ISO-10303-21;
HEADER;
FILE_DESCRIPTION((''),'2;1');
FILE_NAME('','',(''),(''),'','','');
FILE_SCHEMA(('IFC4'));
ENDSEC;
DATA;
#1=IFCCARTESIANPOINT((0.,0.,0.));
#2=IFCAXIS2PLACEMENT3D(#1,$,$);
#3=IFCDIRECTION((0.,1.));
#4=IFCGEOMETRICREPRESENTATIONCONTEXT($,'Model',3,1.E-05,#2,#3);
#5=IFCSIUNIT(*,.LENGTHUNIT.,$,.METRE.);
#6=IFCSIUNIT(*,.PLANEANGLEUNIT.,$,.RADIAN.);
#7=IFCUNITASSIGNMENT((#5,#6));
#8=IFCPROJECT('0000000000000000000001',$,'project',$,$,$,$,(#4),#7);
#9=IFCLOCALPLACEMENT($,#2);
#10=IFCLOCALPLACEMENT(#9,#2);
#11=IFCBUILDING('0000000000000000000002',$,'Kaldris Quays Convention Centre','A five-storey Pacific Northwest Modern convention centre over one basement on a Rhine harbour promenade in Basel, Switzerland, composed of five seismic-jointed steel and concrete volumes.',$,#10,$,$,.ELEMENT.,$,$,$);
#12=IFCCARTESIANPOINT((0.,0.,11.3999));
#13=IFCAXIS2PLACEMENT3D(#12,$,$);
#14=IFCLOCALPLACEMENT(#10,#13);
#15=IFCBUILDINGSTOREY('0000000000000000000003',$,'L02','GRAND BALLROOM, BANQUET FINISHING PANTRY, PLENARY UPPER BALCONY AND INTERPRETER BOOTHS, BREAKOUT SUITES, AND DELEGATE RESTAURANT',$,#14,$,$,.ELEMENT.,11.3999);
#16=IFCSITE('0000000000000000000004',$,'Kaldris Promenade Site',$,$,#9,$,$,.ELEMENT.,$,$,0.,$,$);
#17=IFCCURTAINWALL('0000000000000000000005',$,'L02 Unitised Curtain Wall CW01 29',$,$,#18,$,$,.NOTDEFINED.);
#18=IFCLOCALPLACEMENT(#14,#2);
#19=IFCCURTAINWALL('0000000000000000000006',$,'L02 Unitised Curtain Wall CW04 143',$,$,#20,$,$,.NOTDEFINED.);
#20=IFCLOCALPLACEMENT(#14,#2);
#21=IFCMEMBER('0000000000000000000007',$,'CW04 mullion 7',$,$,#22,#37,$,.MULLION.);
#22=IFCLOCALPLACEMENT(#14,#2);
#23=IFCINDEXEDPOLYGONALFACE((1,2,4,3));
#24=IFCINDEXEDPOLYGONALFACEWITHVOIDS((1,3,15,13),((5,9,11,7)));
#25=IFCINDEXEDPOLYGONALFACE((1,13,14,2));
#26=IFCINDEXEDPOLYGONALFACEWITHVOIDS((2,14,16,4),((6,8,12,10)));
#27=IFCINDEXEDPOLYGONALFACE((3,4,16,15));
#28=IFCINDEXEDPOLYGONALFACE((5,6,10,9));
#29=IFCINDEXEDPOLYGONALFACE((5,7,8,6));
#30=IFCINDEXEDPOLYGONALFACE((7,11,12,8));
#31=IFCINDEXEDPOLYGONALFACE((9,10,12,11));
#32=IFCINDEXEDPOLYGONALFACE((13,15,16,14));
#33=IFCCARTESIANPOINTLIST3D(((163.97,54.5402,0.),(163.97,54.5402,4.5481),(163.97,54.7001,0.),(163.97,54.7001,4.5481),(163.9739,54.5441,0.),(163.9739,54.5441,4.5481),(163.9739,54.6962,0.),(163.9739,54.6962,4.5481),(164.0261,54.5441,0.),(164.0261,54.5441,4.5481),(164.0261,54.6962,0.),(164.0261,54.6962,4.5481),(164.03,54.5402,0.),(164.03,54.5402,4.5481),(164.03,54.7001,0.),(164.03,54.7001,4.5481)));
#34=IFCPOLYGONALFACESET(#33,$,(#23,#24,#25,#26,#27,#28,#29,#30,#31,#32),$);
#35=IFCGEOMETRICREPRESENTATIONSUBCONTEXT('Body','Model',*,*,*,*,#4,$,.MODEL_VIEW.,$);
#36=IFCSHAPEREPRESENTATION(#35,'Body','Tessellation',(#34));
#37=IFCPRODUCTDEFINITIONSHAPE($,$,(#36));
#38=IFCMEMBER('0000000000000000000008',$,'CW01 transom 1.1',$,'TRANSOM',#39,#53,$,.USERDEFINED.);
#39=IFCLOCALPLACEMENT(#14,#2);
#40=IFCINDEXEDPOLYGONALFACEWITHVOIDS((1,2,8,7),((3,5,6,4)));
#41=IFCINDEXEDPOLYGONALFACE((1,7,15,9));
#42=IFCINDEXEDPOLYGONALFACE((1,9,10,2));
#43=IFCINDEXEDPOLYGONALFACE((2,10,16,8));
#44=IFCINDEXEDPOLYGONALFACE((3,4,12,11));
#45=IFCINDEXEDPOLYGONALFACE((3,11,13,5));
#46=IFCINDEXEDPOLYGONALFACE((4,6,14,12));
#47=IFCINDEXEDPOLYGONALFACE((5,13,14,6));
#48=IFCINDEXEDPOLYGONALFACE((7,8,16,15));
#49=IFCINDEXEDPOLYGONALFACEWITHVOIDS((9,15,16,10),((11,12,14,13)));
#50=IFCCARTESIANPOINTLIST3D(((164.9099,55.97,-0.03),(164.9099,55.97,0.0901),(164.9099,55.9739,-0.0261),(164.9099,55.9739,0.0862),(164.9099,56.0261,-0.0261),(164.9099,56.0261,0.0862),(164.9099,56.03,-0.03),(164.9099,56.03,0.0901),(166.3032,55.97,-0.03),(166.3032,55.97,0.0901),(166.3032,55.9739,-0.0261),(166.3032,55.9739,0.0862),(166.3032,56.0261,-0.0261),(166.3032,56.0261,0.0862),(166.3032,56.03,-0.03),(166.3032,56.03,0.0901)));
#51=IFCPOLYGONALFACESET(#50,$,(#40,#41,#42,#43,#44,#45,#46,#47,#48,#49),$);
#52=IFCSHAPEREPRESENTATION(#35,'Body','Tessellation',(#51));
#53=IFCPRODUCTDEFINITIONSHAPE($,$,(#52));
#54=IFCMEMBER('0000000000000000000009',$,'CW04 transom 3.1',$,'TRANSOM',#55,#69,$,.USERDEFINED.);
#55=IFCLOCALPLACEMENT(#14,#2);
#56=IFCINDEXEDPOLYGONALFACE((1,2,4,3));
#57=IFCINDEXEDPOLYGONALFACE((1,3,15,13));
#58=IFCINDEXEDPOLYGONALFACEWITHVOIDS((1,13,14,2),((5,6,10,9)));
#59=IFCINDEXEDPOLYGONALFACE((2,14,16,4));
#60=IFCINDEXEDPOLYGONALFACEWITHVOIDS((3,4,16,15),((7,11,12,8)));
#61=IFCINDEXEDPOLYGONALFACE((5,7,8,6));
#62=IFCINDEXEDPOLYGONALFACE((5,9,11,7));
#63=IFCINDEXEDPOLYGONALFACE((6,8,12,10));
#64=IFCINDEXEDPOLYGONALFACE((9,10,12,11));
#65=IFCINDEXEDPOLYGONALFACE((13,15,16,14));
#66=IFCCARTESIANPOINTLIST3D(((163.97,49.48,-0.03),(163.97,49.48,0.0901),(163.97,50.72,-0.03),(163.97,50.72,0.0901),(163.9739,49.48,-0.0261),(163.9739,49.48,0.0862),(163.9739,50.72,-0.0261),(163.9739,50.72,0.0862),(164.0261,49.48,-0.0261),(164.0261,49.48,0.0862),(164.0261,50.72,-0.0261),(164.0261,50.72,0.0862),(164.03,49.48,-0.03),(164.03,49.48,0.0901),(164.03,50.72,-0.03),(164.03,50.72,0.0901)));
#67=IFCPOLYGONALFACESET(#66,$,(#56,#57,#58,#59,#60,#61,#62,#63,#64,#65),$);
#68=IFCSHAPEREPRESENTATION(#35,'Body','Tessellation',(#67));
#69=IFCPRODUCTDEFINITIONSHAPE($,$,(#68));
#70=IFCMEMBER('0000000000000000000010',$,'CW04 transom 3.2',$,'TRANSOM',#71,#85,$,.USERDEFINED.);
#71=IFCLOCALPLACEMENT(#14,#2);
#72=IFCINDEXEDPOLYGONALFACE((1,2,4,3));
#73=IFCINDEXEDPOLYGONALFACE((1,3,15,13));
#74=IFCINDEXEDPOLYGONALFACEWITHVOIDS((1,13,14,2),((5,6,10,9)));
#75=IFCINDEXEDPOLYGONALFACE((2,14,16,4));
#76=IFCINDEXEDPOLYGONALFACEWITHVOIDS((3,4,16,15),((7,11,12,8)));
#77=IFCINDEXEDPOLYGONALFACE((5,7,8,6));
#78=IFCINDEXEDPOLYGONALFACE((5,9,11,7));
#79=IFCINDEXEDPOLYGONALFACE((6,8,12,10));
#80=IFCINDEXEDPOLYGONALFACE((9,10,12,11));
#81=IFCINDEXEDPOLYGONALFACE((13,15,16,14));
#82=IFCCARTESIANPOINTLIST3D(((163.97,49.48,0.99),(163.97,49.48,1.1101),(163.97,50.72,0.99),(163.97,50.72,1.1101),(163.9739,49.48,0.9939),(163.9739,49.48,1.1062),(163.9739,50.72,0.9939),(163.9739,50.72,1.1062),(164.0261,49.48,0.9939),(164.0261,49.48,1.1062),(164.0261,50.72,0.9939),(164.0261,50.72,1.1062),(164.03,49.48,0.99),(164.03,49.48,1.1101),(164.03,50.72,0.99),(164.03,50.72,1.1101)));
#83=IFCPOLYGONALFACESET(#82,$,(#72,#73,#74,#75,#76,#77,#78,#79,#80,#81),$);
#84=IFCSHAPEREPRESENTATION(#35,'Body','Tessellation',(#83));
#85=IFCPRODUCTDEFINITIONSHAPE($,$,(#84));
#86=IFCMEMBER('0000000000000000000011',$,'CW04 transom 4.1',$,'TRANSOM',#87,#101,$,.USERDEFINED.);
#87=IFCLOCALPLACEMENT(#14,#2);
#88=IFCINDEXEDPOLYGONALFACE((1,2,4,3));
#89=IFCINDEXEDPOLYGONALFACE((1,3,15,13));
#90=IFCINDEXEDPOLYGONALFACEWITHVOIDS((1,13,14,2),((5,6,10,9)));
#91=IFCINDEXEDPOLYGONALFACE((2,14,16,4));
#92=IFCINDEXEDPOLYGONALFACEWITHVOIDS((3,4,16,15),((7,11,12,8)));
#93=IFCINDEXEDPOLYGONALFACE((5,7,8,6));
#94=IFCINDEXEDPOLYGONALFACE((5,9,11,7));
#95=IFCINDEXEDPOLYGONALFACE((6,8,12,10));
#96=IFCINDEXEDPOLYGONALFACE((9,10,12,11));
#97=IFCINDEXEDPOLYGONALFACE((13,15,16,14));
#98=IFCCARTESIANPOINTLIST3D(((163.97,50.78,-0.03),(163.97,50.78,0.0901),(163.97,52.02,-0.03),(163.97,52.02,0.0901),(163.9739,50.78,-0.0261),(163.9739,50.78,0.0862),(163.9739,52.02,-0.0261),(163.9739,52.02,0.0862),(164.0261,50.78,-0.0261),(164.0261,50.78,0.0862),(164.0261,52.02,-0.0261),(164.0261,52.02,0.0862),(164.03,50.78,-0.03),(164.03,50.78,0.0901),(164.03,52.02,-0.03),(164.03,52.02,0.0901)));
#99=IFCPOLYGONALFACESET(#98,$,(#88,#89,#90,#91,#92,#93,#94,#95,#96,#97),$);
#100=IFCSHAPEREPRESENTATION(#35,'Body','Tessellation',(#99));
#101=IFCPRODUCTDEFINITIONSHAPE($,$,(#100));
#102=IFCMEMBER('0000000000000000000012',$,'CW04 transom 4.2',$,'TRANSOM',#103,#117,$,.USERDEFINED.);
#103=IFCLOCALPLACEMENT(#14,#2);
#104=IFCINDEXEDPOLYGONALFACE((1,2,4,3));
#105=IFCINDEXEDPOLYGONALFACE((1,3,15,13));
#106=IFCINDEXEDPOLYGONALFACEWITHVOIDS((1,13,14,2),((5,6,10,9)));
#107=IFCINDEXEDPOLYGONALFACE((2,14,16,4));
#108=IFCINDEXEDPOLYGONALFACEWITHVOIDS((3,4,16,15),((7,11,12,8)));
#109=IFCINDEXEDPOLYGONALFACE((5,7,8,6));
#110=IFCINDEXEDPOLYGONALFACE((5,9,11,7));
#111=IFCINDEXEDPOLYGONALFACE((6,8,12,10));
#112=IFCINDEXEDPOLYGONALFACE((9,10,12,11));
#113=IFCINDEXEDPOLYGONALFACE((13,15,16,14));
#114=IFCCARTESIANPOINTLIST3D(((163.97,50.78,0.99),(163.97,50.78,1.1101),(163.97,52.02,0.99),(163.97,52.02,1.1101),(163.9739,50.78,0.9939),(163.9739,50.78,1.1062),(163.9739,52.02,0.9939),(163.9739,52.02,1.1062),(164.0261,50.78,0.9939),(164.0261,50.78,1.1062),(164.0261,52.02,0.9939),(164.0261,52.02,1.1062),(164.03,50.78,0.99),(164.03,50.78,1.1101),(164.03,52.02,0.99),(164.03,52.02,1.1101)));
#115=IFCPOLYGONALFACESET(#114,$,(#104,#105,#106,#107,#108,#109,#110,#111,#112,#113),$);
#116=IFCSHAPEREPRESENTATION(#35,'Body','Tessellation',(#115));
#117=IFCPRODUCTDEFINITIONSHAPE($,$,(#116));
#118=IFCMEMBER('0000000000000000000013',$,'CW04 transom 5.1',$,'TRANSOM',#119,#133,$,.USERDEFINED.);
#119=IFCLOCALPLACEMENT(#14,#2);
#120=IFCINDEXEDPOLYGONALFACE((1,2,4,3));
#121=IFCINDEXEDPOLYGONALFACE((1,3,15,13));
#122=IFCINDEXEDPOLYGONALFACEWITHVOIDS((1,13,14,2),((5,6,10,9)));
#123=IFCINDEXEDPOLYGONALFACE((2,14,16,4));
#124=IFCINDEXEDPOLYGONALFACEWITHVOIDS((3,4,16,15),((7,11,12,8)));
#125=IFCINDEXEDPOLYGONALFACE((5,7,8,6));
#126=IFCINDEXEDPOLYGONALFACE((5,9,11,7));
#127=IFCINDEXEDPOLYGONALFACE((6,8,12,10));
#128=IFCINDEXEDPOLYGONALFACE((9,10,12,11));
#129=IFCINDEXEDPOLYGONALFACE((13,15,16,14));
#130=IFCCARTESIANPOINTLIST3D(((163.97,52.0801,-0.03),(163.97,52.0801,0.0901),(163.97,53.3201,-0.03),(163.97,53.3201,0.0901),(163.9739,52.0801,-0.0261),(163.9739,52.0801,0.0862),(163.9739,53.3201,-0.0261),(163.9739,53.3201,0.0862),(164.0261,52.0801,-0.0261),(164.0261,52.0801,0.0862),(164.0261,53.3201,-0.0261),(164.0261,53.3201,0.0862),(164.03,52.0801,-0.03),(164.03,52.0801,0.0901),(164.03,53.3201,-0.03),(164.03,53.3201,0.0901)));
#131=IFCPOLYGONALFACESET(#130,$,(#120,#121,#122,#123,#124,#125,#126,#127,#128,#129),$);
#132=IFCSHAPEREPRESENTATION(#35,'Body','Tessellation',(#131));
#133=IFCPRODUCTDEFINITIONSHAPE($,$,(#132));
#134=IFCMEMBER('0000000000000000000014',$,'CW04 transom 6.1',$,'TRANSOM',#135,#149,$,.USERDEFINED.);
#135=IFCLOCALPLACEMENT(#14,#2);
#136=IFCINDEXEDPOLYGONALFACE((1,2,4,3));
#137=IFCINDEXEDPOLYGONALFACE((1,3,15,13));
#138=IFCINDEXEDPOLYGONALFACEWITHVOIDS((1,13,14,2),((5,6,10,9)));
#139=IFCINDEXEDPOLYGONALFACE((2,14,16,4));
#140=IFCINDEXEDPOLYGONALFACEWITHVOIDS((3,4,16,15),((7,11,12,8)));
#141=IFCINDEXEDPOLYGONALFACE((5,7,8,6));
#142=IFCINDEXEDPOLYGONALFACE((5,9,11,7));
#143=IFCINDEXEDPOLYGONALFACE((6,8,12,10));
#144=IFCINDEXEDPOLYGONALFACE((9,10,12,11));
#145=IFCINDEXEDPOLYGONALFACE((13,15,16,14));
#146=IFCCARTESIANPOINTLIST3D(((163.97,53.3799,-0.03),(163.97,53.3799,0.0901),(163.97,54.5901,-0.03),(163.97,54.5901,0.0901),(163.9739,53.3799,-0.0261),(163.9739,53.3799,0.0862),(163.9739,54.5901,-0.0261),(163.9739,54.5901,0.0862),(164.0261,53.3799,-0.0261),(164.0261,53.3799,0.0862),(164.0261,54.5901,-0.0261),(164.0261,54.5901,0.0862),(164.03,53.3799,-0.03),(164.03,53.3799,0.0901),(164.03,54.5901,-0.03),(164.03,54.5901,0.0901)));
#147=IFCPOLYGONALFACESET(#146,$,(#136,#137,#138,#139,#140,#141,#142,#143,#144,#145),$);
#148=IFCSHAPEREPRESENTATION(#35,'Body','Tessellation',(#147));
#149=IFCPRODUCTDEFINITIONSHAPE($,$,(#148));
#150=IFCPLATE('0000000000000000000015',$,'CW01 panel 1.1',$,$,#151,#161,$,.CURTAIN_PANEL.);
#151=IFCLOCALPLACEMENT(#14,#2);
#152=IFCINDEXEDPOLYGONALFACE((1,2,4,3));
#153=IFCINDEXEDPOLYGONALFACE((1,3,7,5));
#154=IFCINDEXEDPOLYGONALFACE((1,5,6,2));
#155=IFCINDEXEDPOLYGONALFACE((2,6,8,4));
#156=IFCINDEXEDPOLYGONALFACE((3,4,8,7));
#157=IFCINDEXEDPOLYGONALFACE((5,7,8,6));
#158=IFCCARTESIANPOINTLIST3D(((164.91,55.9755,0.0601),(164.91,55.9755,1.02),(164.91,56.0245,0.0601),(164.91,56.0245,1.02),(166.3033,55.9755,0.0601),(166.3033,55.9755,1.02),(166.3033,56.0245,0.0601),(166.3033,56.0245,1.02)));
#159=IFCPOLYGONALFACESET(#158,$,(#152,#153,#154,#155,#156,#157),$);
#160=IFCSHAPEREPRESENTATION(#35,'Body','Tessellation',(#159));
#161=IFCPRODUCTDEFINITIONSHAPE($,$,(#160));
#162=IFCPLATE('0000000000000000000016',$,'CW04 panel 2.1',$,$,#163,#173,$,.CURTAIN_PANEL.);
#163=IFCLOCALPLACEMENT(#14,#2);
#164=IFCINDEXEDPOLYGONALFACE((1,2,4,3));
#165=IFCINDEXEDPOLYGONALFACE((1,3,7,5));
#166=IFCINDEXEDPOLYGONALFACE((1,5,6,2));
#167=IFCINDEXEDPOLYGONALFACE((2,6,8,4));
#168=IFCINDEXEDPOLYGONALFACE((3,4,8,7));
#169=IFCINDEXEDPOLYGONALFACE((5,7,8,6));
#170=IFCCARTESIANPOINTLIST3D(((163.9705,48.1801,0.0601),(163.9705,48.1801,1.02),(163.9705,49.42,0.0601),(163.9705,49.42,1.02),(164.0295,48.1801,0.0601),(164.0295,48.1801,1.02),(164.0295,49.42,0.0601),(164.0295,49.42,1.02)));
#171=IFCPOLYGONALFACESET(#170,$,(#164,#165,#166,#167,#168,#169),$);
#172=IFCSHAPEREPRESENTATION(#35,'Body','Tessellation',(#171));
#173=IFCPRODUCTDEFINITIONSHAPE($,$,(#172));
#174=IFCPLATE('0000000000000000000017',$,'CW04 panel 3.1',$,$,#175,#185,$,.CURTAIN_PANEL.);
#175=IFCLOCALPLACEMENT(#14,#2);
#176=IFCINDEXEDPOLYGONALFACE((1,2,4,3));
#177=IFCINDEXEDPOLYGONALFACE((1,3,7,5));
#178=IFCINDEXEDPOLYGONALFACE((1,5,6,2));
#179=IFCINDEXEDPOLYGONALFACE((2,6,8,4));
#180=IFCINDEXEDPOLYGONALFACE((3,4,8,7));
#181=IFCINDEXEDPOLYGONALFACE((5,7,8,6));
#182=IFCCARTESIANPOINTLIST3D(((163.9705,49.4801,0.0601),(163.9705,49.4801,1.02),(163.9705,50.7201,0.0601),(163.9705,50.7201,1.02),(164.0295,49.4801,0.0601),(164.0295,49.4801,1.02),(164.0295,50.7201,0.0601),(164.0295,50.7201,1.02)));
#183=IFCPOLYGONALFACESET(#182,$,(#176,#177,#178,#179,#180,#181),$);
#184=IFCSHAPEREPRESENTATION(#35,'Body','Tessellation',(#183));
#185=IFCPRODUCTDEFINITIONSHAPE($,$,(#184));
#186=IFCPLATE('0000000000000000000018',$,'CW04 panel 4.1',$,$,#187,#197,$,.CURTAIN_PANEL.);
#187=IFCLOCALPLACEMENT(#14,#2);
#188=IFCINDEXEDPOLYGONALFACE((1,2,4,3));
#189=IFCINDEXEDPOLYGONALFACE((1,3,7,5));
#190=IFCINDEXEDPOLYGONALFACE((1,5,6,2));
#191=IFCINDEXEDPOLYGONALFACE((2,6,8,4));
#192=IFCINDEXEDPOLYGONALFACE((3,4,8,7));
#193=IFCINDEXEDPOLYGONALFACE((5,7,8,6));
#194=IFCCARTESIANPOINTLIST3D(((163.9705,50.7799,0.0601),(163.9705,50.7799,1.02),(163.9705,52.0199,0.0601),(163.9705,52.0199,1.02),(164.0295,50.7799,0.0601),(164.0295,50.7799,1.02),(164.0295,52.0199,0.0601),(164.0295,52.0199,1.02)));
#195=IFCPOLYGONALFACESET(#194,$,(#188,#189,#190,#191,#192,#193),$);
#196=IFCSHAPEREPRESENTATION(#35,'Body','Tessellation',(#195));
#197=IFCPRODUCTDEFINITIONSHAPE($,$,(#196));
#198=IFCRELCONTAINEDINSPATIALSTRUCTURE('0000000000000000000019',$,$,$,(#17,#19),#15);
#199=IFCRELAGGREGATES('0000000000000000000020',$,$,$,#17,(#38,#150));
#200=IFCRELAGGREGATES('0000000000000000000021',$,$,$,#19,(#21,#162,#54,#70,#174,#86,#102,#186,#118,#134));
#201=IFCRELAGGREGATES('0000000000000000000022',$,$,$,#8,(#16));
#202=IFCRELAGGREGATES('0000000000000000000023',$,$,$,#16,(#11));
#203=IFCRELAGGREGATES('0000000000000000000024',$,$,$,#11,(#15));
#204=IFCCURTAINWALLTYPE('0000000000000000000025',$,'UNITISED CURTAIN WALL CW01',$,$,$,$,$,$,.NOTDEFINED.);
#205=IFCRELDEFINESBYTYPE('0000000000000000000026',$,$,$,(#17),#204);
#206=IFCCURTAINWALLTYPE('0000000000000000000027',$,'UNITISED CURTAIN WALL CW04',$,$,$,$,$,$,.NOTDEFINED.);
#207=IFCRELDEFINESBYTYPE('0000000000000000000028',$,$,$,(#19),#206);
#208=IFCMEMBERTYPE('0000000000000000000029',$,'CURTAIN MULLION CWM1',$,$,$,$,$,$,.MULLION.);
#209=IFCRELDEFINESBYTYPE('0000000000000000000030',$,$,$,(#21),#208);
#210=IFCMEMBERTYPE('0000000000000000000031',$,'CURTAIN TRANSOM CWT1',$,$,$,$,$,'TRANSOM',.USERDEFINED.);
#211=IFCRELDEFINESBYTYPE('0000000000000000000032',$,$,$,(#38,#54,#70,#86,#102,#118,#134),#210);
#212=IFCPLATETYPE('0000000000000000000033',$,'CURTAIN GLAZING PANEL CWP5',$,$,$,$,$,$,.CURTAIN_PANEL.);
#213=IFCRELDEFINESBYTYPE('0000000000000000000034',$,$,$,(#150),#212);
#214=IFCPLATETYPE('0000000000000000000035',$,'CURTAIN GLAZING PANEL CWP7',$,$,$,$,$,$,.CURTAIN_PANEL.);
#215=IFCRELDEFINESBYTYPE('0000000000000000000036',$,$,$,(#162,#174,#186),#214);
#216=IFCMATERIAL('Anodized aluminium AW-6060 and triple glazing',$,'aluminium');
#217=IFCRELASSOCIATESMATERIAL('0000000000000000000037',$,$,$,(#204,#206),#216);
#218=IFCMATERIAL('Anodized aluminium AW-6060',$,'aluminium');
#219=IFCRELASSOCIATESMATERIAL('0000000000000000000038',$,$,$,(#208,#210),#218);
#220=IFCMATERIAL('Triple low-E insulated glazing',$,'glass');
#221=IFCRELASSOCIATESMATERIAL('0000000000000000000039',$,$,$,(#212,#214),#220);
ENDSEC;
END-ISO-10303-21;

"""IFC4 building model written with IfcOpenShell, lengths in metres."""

from ifc_helpers import new_model, si_unit, direction, frame, origin, origin_2d, place, context, subcontext, project, spatial, rectangle, hollow_rectangle, extrude, material, material_profile, profile_set, type_object, element, aggregate, save


model = new_model("IFC4")

# Units and contexts
model_context = context("Model", 3, precision=1e-05, world=origin(), true_north=direction((0.0, 1.0)))
body_context = subcontext(model_context, "Body", "Model", "MODEL_VIEW")
ifc_project = project(units=[si_unit("LENGTHUNIT", "METRE"), si_unit("PLANEANGLEUNIT", "RADIAN")], contexts=[model_context])

# Site, building, storey
site_placement = place(None, origin())
site = spatial("IfcSite", under=ifc_project, at=site_placement, Name="Kaldris Promenade Site", CompositionType="ELEMENT", RefElevation=0.0)
building_placement = place(site_placement, origin())
building = spatial("IfcBuilding", under=site, at=building_placement, Name="Kaldris Quays Convention Centre", Description="A five-storey Pacific Northwest Modern convention centre over one basement on a Rhine harbour promenade in Basel, Switzerland, composed of five seismic-jointed steel and concrete volumes.", CompositionType="ELEMENT")
storey_placement = place(building_placement, frame((0.0, 0.0, 11.3999)))
storey = spatial("IfcBuildingStorey", under=building, at=storey_placement, Name="L02", Description="GRAND BALLROOM, BANQUET FINISHING PANTRY, PLENARY UPPER BALCONY AND INTERPRETER BOOTHS, BREAKOUT SUITES, AND DELEGATE RESTAURANT", CompositionType="ELEMENT", Elevation=11.3999)

# Curtain wall
ifc_material_1 = material(Name="Anodized aluminium AW-6060 and triple glazing", Category="aluminium")
curtain_wall_type_1 = type_object("IfcCurtainWallType", Name="UNITISED CURTAIN WALL CW01", PredefinedType="NOTDEFINED", material=ifc_material_1)
curtain_wall_1_placement = place(storey_placement, origin())
curtain_wall_1 = element("IfcCurtainWall", 1, at=curtain_wall_1_placement, inside=storey, type_object=curtain_wall_type_1, Name="L02 Unitised Curtain Wall CW01 29", PredefinedType="NOTDEFINED")
ifc_material_2 = material(Name="Anodized aluminium AW-6060", Category="aluminium")
ifc_material_profile_1 = material_profile(ifc_material_2, hollow_rectangle(XDim=0.0601, YDim=0.1599, WallThickness=0.0039, at=origin_2d()), Name="RHS 160x60x4")
ifc_profile_set_1 = profile_set([ifc_material_profile_1], Name="Anodized aluminium AW-6060")
member_type_1 = type_object("IfcMemberType", Name="CURTAIN MULLION CWM1", PredefinedType="MULLION", material=ifc_profile_set_1)

# Curtain wall, member
curtain_wall_type_2 = type_object("IfcCurtainWallType", Name="UNITISED CURTAIN WALL CW04", PredefinedType="NOTDEFINED", material=ifc_material_1)
curtain_wall_2_placement = place(storey_placement, origin())
curtain_wall_2 = element("IfcCurtainWall", 2, at=curtain_wall_2_placement, inside=storey, type_object=curtain_wall_type_2, Name="L02 Unitised Curtain Wall CW04 143", PredefinedType="NOTDEFINED")
member_1_placement = place(storey_placement, frame((164.0, 54.6201, 0.0), z_axis=(0.0, 0.0, 1.0), x_axis=(-1.0, 0.0, 0.0)))
member_1 = element("IfcMember", 3, at=member_1_placement, type_object=member_type_1, Name="CW04 mullion 7", PredefinedType="MULLION", context=body_context, shape_type="SweptSolid", body=[
    extrude(hollow_rectangle(XDim=0.0601, YDim=0.1599, WallThickness=0.0039, at=origin_2d()), origin(), (0.0, 0.0, 1.0), 4.5481),
])

# Members
ifc_material_profile_2 = material_profile(ifc_material_2, hollow_rectangle(XDim=0.0601, YDim=0.1201, WallThickness=0.0039, at=origin_2d()), Name="RHS 120x60x4")
ifc_profile_set_2 = profile_set([ifc_material_profile_2], Name="Anodized aluminium AW-6060")
member_type_2 = type_object("IfcMemberType", Name="CURTAIN TRANSOM CWT1", ElementType="TRANSOM", PredefinedType="USERDEFINED", material=ifc_profile_set_2)
member_2_placement = place(storey_placement, frame((164.9099, 56.0, 0.03), z_axis=(1.0, 0.0, 0.0), x_axis=(0.0, 1.0, 0.0)))
member_2 = element("IfcMember", 4, at=member_2_placement, type_object=member_type_2, Name="CW01 transom 1.1", ObjectType="TRANSOM", PredefinedType="USERDEFINED", context=body_context, shape_type="SweptSolid", body=[
    extrude(hollow_rectangle(XDim=0.0601, YDim=0.1201, WallThickness=0.0039, at=origin_2d()), origin(), (0.0, 0.0, 1.0), 1.3933),
])
member_3_placement = place(storey_placement, frame((164.0, 49.48, 0.03), z_axis=(0.0, 1.0, 0.0), x_axis=(-1.0, 0.0, 0.0)))
member_3 = element("IfcMember", 5, at=member_3_placement, type_object=member_type_2, Name="CW04 transom 3.1", ObjectType="TRANSOM", PredefinedType="USERDEFINED", context=body_context, shape_type="SweptSolid", body=[
    extrude(hollow_rectangle(XDim=0.0601, YDim=0.1201, WallThickness=0.0039, at=origin_2d()), origin(), (0.0, 0.0, 1.0), 1.24),
])
member_4_placement = place(storey_placement, frame((164.0, 49.48, 1.05), z_axis=(0.0, 1.0, 0.0), x_axis=(-1.0, 0.0, 0.0)))
member_4 = element("IfcMember", 6, at=member_4_placement, type_object=member_type_2, Name="CW04 transom 3.2", ObjectType="TRANSOM", PredefinedType="USERDEFINED", context=body_context, shape_type="SweptSolid", body=[
    extrude(hollow_rectangle(XDim=0.0601, YDim=0.1201, WallThickness=0.0039, at=origin_2d()), origin(), (0.0, 0.0, 1.0), 1.24),
])
member_5_placement = place(storey_placement, frame((164.0, 50.78, 0.03), z_axis=(0.0, 1.0, 0.0), x_axis=(-1.0, 0.0, 0.0)))
member_5 = element("IfcMember", 7, at=member_5_placement, type_object=member_type_2, Name="CW04 transom 4.1", ObjectType="TRANSOM", PredefinedType="USERDEFINED", context=body_context, shape_type="SweptSolid", body=[
    extrude(hollow_rectangle(XDim=0.0601, YDim=0.1201, WallThickness=0.0039, at=origin_2d()), origin(), (0.0, 0.0, 1.0), 1.24),
])
member_6_placement = place(storey_placement, frame((164.0, 50.78, 1.05), z_axis=(0.0, 1.0, 0.0), x_axis=(-1.0, 0.0, 0.0)))
member_6 = element("IfcMember", 8, at=member_6_placement, type_object=member_type_2, Name="CW04 transom 4.2", ObjectType="TRANSOM", PredefinedType="USERDEFINED", context=body_context, shape_type="SweptSolid", body=[
    extrude(hollow_rectangle(XDim=0.0601, YDim=0.1201, WallThickness=0.0039, at=origin_2d()), origin(), (0.0, 0.0, 1.0), 1.24),
])
member_7_placement = place(storey_placement, frame((164.0, 52.0801, 0.03), z_axis=(0.0, 1.0, 0.0), x_axis=(-1.0, 0.0, 0.0)))
member_7 = element("IfcMember", 9, at=member_7_placement, type_object=member_type_2, Name="CW04 transom 5.1", ObjectType="TRANSOM", PredefinedType="USERDEFINED", context=body_context, shape_type="SweptSolid", body=[
    extrude(hollow_rectangle(XDim=0.0601, YDim=0.1201, WallThickness=0.0039, at=origin_2d()), origin(), (0.0, 0.0, 1.0), 1.24),
])
member_8_placement = place(storey_placement, frame((164.0, 53.3799, 0.03), z_axis=(0.0, 1.0, 0.0), x_axis=(-1.0, 0.0, 0.0)))
member_8 = element("IfcMember", 10, at=member_8_placement, type_object=member_type_2, Name="CW04 transom 6.1", ObjectType="TRANSOM", PredefinedType="USERDEFINED", context=body_context, shape_type="SweptSolid", body=[
    extrude(hollow_rectangle(XDim=0.0601, YDim=0.1201, WallThickness=0.0039, at=origin_2d()), origin(), (0.0, 0.0, 1.0), 1.2102),
])

# Plates
ifc_material_3 = material(Name="Triple low-E insulated glazing", Category="glass")
plate_type_1 = type_object("IfcPlateType", Name="CURTAIN GLAZING PANEL CWP5", PredefinedType="CURTAIN_PANEL", material=ifc_material_3)
plate_1_placement = place(storey_placement, frame((165.6067, 56.0, 0.0601), z_axis=(0.0, 0.0, 1.0), x_axis=(1.0, 0.0, 0.0)))
plate_1 = element("IfcPlate", 11, at=plate_1_placement, type_object=plate_type_1, Name="CW01 panel 1.1", PredefinedType="CURTAIN_PANEL", context=body_context, shape_type="SweptSolid", body=[
    extrude(rectangle(XDim=1.3933, YDim=0.0491, at=origin_2d()), origin(), (0.0, 0.0, 1.0), 0.96),
])
aggregate(curtain_wall_1, [member_2, plate_1])
plate_type_2 = type_object("IfcPlateType", Name="CURTAIN GLAZING PANEL CWP7", PredefinedType="CURTAIN_PANEL", material=ifc_material_3)
plate_2_placement = place(storey_placement, frame((164.0, 48.8, 0.0601), z_axis=(0.0, 0.0, 1.0), x_axis=(0.0, 1.0, 0.0)))
plate_2 = element("IfcPlate", 12, at=plate_2_placement, type_object=plate_type_2, Name="CW04 panel 2.1", PredefinedType="CURTAIN_PANEL", context=body_context, shape_type="SweptSolid", body=[
    extrude(rectangle(XDim=1.24, YDim=0.0591, at=origin_2d()), origin(), (0.0, 0.0, 1.0), 0.96),
])
plate_3_placement = place(storey_placement, frame((164.0, 50.1001, 0.0601), z_axis=(0.0, 0.0, 1.0), x_axis=(0.0, 1.0, 0.0)))
plate_3 = element("IfcPlate", 13, at=plate_3_placement, type_object=plate_type_2, Name="CW04 panel 3.1", PredefinedType="CURTAIN_PANEL", context=body_context, shape_type="SweptSolid", body=[
    extrude(rectangle(XDim=1.24, YDim=0.0591, at=origin_2d()), origin(), (0.0, 0.0, 1.0), 0.96),
])
plate_4_placement = place(storey_placement, frame((164.0, 51.3999, 0.0601), z_axis=(0.0, 0.0, 1.0), x_axis=(0.0, 1.0, 0.0)))
plate_4 = element("IfcPlate", 14, at=plate_4_placement, type_object=plate_type_2, Name="CW04 panel 4.1", PredefinedType="CURTAIN_PANEL", context=body_context, shape_type="SweptSolid", body=[
    extrude(rectangle(XDim=1.24, YDim=0.0591, at=origin_2d()), origin(), (0.0, 0.0, 1.0), 0.96),
])
aggregate(curtain_wall_2, [member_1, plate_2, member_3, member_4, plate_3, member_5, member_6, plate_4, member_7, member_8])

save(model, "model.ifc")
